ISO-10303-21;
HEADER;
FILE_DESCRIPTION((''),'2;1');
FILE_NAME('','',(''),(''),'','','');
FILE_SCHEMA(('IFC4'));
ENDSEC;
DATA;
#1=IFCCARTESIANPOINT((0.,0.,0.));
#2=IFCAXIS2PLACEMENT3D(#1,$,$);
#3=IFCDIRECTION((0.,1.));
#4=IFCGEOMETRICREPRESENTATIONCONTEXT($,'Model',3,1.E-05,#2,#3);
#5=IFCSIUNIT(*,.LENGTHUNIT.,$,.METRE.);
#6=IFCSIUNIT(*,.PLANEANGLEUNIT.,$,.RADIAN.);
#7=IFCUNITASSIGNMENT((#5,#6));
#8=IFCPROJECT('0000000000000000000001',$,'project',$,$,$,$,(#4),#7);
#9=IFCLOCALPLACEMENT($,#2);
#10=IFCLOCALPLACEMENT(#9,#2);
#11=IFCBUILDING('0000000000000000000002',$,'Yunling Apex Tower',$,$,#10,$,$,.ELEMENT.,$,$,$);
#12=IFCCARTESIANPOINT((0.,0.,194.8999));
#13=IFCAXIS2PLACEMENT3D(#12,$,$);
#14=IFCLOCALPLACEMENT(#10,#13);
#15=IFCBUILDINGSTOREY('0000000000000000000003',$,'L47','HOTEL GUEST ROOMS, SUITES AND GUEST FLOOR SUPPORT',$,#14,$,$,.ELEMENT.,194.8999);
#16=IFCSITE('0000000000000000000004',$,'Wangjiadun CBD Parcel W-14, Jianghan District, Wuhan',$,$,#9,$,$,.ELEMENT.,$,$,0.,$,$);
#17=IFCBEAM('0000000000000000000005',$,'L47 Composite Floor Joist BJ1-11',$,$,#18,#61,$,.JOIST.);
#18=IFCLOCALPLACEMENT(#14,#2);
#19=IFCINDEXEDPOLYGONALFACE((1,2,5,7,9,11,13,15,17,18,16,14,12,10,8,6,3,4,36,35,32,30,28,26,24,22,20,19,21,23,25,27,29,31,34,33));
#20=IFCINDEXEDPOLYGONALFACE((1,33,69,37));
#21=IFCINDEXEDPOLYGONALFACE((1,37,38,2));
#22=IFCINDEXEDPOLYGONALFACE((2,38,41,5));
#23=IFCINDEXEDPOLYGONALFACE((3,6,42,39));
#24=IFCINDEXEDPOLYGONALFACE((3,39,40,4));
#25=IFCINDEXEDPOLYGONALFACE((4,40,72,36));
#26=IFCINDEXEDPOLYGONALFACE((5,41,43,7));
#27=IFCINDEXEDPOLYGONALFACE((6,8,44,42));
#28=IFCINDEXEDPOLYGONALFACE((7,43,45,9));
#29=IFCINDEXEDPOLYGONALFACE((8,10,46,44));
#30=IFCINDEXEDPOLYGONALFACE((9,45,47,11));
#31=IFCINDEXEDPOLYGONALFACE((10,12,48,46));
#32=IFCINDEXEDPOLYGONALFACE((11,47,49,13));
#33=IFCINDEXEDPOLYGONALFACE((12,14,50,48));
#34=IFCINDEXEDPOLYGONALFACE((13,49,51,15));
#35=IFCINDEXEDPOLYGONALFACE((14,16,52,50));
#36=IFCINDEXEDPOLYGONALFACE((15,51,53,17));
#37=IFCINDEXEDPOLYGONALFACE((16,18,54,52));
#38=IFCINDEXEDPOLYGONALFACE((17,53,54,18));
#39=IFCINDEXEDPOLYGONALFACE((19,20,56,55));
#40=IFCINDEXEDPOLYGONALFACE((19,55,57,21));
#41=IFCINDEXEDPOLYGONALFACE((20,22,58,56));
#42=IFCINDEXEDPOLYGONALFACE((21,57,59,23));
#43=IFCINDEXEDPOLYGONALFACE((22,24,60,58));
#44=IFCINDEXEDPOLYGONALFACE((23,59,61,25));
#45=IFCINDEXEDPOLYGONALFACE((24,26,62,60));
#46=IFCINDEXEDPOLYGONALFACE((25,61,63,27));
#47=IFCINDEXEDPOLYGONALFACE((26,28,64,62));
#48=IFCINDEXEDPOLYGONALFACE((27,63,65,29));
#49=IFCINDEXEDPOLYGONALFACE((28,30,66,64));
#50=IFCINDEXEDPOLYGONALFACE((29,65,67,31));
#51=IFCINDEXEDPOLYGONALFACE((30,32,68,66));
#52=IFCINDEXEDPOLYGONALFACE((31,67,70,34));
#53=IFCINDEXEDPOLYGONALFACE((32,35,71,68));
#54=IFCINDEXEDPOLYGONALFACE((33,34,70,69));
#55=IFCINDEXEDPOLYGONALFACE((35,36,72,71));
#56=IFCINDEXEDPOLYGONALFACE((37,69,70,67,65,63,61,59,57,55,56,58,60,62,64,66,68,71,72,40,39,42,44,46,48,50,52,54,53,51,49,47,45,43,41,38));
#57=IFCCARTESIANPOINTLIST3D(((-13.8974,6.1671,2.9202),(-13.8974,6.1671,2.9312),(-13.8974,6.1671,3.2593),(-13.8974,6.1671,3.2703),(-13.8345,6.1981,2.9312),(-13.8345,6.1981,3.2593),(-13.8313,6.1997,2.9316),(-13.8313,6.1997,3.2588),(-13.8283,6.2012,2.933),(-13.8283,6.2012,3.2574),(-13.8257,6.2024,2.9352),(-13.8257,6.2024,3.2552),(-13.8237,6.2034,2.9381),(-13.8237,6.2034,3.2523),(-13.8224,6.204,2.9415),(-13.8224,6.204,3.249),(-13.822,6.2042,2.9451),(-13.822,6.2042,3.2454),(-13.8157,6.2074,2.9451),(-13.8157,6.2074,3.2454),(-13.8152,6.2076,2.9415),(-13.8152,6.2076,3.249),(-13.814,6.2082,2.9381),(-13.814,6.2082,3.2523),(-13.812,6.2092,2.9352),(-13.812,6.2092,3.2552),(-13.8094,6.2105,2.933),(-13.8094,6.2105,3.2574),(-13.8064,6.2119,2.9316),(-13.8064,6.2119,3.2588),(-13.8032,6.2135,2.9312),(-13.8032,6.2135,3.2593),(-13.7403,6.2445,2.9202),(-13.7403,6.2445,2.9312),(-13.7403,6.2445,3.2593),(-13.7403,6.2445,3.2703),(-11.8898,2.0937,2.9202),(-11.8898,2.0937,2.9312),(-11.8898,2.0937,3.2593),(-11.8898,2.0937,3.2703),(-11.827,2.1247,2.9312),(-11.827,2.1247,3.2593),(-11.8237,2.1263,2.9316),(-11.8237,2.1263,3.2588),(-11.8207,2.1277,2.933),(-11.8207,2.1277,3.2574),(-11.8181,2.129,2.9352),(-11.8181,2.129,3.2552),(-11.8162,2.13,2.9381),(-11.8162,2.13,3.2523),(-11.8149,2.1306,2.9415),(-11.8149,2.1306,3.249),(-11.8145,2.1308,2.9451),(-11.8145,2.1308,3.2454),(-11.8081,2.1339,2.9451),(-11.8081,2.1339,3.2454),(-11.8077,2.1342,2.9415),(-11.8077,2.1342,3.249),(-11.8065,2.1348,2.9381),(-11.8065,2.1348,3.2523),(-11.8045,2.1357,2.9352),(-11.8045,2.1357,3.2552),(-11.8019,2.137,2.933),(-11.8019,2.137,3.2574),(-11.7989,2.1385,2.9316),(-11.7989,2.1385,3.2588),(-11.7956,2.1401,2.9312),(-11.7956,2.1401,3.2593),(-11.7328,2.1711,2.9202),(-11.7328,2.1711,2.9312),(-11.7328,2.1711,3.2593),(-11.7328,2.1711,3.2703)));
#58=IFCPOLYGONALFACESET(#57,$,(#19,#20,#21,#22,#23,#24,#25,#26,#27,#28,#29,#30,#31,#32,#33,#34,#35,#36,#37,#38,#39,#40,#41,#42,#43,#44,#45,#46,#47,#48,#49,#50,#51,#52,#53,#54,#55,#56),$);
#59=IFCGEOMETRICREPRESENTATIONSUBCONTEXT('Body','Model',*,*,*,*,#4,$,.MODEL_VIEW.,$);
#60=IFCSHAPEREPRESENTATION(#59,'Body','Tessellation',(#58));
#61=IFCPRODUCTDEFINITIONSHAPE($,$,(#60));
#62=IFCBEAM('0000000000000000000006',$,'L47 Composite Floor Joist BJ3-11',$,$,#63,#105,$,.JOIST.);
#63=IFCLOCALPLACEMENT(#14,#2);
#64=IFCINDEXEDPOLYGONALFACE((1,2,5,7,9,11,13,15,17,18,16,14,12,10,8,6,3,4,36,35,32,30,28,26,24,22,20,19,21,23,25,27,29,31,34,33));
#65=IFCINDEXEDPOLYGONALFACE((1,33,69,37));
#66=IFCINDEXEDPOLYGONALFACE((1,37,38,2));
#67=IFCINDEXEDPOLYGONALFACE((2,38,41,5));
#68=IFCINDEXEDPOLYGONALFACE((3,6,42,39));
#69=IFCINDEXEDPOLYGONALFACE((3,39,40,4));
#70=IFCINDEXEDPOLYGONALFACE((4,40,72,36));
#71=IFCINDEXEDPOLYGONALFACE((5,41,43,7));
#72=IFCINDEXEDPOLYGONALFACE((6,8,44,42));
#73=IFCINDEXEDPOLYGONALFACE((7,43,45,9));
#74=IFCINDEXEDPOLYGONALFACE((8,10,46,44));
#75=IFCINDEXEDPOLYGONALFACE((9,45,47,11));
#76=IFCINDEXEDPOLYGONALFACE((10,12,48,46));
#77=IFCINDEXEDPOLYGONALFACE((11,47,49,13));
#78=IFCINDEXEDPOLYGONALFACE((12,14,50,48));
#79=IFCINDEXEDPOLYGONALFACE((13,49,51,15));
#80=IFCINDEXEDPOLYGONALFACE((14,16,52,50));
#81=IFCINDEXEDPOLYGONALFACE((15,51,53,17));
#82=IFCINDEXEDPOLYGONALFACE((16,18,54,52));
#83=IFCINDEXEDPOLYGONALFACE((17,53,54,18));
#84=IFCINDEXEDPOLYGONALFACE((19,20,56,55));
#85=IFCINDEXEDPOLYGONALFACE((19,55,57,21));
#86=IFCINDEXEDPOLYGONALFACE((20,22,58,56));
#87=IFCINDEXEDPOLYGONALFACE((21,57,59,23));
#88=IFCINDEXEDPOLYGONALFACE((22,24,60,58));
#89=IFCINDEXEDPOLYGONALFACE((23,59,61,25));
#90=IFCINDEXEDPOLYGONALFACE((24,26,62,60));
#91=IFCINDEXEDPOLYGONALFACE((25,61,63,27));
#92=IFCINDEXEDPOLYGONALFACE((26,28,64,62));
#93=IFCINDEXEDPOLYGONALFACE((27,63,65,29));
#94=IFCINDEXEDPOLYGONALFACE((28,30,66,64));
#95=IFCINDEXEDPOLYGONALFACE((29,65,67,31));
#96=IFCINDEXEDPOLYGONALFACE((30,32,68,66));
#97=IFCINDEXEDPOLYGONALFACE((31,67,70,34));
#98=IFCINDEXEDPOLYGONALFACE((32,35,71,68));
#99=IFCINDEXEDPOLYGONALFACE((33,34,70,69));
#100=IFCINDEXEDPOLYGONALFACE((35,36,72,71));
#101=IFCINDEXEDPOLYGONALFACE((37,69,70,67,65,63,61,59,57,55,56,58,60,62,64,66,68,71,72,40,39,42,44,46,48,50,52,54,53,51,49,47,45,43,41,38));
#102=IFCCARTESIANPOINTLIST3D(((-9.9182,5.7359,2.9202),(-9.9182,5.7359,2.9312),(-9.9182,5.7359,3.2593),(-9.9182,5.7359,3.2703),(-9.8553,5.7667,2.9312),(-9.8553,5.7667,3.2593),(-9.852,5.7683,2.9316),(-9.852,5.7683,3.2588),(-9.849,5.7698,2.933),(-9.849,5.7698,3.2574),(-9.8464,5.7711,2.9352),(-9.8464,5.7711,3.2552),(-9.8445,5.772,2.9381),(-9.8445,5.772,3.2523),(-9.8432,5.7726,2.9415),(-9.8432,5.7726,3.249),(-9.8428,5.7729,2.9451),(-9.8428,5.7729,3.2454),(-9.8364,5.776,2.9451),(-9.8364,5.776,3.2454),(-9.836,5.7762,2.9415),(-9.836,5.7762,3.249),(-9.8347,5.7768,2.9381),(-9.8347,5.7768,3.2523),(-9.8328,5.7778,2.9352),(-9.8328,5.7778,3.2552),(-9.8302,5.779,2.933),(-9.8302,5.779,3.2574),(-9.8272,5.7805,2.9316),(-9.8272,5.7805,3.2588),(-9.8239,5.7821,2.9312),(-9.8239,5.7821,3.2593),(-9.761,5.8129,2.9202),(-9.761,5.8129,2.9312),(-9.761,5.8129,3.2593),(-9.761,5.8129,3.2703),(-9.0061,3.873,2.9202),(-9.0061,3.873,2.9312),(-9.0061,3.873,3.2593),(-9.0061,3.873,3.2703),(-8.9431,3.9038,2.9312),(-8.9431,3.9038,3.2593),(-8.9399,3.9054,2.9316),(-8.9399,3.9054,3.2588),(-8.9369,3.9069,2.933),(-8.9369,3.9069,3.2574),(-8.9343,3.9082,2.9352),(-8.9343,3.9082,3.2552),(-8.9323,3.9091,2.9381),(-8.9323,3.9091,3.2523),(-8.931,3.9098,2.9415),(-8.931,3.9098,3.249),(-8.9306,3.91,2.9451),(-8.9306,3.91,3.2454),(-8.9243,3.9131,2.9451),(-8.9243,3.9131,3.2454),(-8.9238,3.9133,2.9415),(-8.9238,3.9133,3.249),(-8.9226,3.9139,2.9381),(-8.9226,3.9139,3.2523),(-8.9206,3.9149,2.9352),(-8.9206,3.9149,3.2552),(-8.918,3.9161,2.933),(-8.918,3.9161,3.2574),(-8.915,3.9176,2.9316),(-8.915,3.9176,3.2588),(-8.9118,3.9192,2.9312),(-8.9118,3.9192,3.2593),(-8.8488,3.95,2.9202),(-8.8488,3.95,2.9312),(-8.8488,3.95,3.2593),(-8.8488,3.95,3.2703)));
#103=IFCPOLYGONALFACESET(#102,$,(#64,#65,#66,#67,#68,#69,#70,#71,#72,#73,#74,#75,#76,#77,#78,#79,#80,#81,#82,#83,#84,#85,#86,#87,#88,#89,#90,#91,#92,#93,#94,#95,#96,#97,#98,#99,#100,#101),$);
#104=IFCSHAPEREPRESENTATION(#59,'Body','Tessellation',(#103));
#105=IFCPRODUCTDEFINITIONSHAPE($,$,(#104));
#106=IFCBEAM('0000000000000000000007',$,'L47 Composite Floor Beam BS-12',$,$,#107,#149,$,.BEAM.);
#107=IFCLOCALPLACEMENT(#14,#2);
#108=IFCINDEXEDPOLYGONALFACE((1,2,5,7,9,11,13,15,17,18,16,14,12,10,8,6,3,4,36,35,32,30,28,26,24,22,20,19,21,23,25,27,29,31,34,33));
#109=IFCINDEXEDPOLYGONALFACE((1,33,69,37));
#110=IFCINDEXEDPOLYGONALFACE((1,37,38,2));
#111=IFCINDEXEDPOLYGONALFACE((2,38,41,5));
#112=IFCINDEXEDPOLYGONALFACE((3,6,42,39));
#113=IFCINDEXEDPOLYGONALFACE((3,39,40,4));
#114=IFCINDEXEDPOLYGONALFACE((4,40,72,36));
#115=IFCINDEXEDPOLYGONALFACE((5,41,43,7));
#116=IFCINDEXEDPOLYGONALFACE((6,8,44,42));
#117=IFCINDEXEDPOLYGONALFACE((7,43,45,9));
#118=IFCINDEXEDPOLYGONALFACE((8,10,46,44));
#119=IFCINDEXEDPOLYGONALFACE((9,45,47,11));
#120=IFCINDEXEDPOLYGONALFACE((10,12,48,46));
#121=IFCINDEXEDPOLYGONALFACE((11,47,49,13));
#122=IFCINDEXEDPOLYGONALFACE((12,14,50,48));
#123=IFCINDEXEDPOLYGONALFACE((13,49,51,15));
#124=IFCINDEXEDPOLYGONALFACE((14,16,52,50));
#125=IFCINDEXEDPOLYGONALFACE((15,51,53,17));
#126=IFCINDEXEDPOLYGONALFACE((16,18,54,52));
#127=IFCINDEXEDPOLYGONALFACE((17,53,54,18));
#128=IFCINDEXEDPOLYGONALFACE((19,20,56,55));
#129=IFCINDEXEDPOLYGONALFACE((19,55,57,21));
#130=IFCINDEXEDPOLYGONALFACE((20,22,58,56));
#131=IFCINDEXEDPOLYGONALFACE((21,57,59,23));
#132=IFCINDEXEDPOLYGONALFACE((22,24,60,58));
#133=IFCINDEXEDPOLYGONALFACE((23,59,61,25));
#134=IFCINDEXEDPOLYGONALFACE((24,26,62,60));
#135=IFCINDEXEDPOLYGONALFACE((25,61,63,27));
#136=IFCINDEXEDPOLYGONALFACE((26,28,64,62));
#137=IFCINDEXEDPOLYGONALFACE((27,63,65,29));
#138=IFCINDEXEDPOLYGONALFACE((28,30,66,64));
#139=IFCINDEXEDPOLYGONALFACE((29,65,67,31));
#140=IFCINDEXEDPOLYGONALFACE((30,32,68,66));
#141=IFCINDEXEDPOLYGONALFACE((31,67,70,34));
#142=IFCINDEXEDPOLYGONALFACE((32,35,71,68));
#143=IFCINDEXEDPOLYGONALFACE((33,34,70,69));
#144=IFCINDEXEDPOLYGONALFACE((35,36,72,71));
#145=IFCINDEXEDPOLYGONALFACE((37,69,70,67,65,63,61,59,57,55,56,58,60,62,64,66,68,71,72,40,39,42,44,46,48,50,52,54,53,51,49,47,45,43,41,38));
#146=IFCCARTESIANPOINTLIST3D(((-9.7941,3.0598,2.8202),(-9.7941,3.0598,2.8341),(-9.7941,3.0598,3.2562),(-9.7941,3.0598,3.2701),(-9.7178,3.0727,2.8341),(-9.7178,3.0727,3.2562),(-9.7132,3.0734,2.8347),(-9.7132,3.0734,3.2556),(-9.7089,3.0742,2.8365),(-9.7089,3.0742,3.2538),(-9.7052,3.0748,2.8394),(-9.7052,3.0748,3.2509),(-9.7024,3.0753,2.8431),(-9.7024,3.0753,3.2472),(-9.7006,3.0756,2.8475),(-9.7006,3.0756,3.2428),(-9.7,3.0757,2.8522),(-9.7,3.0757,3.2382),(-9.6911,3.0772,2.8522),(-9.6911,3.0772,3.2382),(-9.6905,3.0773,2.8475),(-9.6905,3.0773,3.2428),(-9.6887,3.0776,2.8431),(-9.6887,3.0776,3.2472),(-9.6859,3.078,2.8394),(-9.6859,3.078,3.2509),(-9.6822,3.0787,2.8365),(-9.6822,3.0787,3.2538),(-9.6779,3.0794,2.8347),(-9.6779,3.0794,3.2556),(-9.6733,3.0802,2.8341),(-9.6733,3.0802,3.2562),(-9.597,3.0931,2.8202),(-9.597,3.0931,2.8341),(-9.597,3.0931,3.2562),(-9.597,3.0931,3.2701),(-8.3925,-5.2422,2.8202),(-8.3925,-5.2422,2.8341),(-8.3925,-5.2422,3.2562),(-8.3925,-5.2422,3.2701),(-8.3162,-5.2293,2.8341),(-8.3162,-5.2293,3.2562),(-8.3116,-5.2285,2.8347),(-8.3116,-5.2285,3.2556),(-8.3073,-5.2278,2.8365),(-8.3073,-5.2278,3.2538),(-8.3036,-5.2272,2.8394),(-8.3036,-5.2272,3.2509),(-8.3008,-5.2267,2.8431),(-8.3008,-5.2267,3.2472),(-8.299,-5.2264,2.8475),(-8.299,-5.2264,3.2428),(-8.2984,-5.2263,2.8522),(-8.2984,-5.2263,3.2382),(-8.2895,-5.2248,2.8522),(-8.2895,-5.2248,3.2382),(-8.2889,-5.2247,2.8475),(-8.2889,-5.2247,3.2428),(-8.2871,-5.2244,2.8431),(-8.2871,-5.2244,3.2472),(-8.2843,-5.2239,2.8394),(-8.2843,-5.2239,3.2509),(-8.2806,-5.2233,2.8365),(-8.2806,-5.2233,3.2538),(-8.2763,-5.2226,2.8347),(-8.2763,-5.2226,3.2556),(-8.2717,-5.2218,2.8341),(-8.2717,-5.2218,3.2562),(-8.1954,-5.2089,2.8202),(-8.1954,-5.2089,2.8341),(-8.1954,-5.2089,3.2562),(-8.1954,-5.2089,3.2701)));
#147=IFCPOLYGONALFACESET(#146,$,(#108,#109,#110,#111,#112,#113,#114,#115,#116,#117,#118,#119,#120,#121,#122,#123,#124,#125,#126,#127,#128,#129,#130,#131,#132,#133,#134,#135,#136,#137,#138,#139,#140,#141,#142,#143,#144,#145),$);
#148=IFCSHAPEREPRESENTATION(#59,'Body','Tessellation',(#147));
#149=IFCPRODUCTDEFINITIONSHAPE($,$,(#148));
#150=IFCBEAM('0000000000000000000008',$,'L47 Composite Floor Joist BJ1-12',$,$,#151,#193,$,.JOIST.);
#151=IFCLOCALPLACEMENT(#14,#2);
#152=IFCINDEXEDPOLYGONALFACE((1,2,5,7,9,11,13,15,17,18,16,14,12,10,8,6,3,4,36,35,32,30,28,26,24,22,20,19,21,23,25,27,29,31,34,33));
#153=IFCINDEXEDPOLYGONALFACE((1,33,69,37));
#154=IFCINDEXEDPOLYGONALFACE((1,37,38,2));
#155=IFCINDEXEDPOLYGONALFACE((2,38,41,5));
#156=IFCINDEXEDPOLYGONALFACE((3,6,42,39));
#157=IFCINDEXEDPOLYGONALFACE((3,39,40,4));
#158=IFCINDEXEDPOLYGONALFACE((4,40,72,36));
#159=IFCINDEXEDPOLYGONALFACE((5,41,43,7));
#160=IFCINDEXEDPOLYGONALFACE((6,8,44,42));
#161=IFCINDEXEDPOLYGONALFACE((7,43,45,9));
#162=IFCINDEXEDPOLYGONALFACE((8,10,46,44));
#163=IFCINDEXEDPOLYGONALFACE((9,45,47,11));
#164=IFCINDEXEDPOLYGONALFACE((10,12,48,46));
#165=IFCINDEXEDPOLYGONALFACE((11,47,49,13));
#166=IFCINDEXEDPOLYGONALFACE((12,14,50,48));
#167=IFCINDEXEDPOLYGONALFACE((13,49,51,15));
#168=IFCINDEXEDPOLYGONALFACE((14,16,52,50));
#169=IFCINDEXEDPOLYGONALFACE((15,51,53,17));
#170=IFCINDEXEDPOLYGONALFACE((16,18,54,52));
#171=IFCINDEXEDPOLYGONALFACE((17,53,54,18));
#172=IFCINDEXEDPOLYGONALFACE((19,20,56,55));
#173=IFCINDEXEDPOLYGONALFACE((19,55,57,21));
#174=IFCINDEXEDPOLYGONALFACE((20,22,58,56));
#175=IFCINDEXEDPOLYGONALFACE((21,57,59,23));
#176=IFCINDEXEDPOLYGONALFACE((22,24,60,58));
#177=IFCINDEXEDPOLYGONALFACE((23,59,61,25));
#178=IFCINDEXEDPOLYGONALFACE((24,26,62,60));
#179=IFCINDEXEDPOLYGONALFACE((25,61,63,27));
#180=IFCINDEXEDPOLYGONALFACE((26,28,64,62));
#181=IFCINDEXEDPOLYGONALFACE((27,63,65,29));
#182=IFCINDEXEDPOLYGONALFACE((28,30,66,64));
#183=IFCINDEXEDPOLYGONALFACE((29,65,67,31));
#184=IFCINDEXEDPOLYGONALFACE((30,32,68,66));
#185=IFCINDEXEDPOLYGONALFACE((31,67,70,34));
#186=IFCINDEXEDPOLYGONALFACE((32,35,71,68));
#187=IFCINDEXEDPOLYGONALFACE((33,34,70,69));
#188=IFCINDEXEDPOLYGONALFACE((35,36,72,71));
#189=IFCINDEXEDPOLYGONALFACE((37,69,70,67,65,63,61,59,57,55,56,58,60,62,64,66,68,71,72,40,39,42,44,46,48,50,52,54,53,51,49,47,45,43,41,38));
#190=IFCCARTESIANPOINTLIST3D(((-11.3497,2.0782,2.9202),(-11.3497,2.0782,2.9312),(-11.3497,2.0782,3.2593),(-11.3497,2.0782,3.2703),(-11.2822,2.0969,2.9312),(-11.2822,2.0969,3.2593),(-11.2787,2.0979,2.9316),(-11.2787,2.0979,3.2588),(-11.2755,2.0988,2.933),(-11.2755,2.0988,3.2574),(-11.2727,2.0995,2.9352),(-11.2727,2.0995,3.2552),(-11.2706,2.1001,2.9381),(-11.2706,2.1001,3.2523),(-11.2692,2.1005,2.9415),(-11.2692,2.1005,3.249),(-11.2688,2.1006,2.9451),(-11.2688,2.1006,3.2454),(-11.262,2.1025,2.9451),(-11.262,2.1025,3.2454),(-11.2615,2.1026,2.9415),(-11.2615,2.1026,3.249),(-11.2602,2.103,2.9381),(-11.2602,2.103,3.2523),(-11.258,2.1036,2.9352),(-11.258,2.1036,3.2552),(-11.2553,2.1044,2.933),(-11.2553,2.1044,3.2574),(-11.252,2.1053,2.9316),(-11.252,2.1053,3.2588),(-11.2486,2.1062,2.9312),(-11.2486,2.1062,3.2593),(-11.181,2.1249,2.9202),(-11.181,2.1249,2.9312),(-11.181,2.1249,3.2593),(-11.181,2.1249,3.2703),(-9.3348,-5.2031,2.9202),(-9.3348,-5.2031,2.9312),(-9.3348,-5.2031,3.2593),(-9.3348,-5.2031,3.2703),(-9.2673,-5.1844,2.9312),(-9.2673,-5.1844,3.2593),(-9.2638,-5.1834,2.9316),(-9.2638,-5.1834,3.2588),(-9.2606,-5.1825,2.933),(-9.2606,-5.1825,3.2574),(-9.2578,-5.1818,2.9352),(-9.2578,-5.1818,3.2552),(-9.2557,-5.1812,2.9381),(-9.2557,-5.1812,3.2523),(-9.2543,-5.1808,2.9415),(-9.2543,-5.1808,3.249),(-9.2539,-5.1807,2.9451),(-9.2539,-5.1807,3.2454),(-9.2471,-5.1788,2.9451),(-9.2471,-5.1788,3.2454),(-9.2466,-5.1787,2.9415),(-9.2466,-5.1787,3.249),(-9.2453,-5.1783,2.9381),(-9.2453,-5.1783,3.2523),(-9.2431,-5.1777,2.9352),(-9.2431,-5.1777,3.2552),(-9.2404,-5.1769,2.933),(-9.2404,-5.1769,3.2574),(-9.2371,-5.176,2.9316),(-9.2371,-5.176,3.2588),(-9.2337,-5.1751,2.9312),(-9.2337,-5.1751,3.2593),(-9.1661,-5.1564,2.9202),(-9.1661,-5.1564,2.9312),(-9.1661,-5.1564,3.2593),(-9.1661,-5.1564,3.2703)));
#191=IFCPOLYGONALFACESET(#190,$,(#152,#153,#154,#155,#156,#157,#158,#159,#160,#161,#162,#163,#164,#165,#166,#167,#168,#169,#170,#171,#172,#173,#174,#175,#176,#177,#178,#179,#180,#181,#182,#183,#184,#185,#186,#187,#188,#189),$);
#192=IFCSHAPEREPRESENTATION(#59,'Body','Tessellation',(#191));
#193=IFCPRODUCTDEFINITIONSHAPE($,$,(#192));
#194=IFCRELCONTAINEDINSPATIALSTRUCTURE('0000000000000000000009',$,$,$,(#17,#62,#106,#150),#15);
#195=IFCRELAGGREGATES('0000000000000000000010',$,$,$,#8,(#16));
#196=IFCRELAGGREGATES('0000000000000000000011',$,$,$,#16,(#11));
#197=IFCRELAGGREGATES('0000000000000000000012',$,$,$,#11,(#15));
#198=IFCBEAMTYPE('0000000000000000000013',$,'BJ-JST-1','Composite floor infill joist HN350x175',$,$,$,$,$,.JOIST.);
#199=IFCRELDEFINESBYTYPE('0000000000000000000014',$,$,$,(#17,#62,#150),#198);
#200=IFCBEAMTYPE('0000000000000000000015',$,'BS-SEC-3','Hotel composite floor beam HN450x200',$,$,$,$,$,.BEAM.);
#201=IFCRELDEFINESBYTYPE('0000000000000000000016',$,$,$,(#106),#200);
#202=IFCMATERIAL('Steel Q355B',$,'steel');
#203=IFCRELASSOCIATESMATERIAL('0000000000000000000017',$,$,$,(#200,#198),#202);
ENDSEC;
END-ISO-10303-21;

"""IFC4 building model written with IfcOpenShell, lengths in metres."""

from ifc_helpers import new_model, si_unit, direction, frame, origin, origin_2d, place, context, subcontext, project, spatial, i_section, extrude, source, transform, mapped, material, material_profile, profile_set, type_object, element, save


model = new_model("IFC4")

# Units and contexts
model_context = context("Model", 3, precision=1e-05, world=origin(), true_north=direction((0.0, 1.0)))
body_context = subcontext(model_context, "Body", "Model", "MODEL_VIEW")
ifc_project = project(units=[si_unit("LENGTHUNIT", "METRE"), si_unit("PLANEANGLEUNIT", "RADIAN")], contexts=[model_context])

# Site, building, storey
site_placement = place(None, origin())
site = spatial("IfcSite", under=ifc_project, at=site_placement, Name="Wangjiadun CBD Parcel W-14, Jianghan District, Wuhan", CompositionType="ELEMENT", RefElevation=0.0)
building_placement = place(site_placement, origin())
building = spatial("IfcBuilding", under=site, at=building_placement, Name="Yunling Apex Tower", CompositionType="ELEMENT")
storey_placement = place(building_placement, frame((0.0, 0.0, 194.8999)))
storey = spatial("IfcBuildingStorey", under=building, at=storey_placement, Name="L47", Description="HOTEL GUEST ROOMS, SUITES AND GUEST FLOOR SUPPORT", CompositionType="ELEMENT", Elevation=194.8999)

# Beams
ifc_material_1 = material(Name="Steel Q355B", Category="steel")
ifc_material_profile_1 = material_profile(ifc_material_1, i_section(OverallWidth=0.2, OverallDepth=0.45, WebThickness=0.009, FlangeThickness=0.0139, FilletRadius=0.0181, at=origin_2d()))
ifc_profile_set_1 = profile_set([ifc_material_profile_1], Name="Steel Q355B")
beam_type_1 = type_object("IfcBeamType", Name="BS-SEC-3", Description="Hotel composite floor beam HN450x200", PredefinedType="BEAM", material=ifc_profile_set_1)
ifc_material_profile_2 = material_profile(ifc_material_1, i_section(OverallWidth=0.175, OverallDepth=0.3501, WebThickness=0.0071, FlangeThickness=0.011, FilletRadius=0.0139, at=origin_2d()))
ifc_profile_set_2 = profile_set([ifc_material_profile_2], Name="Steel Q355B")
beam_type_2 = type_object("IfcBeamType", Name="BJ-JST-1", Description="Composite floor infill joist HN350x175", PredefinedType="JOIST", material=ifc_profile_set_2)
shared_shape_1 = source(origin(), body_context, "Body", "SweptSolid", [
    extrude(i_section(OverallWidth=0.175, OverallDepth=0.3501, WebThickness=0.0071, FlangeThickness=0.011, FilletRadius=0.0139, at=origin_2d()), origin(), (0.0, 0.0, 1.0), 4.5413),
])
beam_1_placement = place(storey_placement, frame((-13.8188, 6.2058, 3.0952), z_axis=(0.442067, -0.896982, 0.0), x_axis=(0.896982, 0.442067, 0.0)))
element("IfcBeam", 1, at=beam_1_placement, inside=storey, type_object=beam_type_2, Name="L47 Composite Floor Joist BJ1-11", PredefinedType="JOIST", context=body_context, shape_type="MappedRepresentation", body=[
    mapped(shared_shape_1, transform((0.0, 0.0, 0.0), scale=1.0)),
])
shared_shape_2 = source(origin(), body_context, "Body", "SweptSolid", [
    extrude(i_section(OverallWidth=0.175, OverallDepth=0.3501, WebThickness=0.0071, FlangeThickness=0.011, FilletRadius=0.0139, at=origin_2d()), origin(), (0.0, 0.0, 1.0), 2.0742),
])
beam_2_placement = place(storey_placement, frame((-9.8396, 5.7744, 3.0952), z_axis=(0.439759, -0.898116, 0.0), x_axis=(0.898116, 0.439759, 0.0)))
element("IfcBeam", 2, at=beam_2_placement, inside=storey, type_object=beam_type_2, Name="L47 Composite Floor Joist BJ3-11", PredefinedType="JOIST", context=body_context, shape_type="MappedRepresentation", body=[
    mapped(shared_shape_2, transform((0.0, 0.0, 0.0), scale=1.0)),
])
shared_shape_3 = source(origin(), body_context, "Body", "SweptSolid", [
    extrude(i_section(OverallWidth=0.2, OverallDepth=0.45, WebThickness=0.009, FlangeThickness=0.0139, FilletRadius=0.0181, at=origin_2d()), origin(), (0.0, 0.0, 1.0), 8.4194),
])
beam_3_placement = place(storey_placement, frame((-9.6956, 3.0764, 3.0452), z_axis=(0.166472, -0.986046, 0.0), x_axis=(0.986046, 0.166472, 0.0)))
element("IfcBeam", 3, at=beam_3_placement, inside=storey, type_object=beam_type_1, Name="L47 Composite Floor Beam BS-12", PredefinedType="BEAM", context=body_context, shape_type="MappedRepresentation", body=[
    mapped(shared_shape_3, transform((0.0, 0.0, 0.0), scale=1.0)),
])
shared_shape_4 = source(origin(), body_context, "Body", "SweptSolid", [
    extrude(i_section(OverallWidth=0.175, OverallDepth=0.3501, WebThickness=0.0071, FlangeThickness=0.011, FilletRadius=0.0139, at=origin_2d()), origin(), (0.0, 0.0, 1.0), 7.5549),
])
beam_4_placement = place(storey_placement, frame((-11.2654, 2.1016, 3.0952), z_axis=(0.2667, -0.963779, 0.0), x_axis=(0.963779, 0.2667, 0.0)))
element("IfcBeam", 4, at=beam_4_placement, inside=storey, type_object=beam_type_2, Name="L47 Composite Floor Joist BJ1-12", PredefinedType="JOIST", context=body_context, shape_type="MappedRepresentation", body=[
    mapped(shared_shape_4, transform((0.0, 0.0, 0.0), scale=1.0)),
])

save(model, "model.ifc")
